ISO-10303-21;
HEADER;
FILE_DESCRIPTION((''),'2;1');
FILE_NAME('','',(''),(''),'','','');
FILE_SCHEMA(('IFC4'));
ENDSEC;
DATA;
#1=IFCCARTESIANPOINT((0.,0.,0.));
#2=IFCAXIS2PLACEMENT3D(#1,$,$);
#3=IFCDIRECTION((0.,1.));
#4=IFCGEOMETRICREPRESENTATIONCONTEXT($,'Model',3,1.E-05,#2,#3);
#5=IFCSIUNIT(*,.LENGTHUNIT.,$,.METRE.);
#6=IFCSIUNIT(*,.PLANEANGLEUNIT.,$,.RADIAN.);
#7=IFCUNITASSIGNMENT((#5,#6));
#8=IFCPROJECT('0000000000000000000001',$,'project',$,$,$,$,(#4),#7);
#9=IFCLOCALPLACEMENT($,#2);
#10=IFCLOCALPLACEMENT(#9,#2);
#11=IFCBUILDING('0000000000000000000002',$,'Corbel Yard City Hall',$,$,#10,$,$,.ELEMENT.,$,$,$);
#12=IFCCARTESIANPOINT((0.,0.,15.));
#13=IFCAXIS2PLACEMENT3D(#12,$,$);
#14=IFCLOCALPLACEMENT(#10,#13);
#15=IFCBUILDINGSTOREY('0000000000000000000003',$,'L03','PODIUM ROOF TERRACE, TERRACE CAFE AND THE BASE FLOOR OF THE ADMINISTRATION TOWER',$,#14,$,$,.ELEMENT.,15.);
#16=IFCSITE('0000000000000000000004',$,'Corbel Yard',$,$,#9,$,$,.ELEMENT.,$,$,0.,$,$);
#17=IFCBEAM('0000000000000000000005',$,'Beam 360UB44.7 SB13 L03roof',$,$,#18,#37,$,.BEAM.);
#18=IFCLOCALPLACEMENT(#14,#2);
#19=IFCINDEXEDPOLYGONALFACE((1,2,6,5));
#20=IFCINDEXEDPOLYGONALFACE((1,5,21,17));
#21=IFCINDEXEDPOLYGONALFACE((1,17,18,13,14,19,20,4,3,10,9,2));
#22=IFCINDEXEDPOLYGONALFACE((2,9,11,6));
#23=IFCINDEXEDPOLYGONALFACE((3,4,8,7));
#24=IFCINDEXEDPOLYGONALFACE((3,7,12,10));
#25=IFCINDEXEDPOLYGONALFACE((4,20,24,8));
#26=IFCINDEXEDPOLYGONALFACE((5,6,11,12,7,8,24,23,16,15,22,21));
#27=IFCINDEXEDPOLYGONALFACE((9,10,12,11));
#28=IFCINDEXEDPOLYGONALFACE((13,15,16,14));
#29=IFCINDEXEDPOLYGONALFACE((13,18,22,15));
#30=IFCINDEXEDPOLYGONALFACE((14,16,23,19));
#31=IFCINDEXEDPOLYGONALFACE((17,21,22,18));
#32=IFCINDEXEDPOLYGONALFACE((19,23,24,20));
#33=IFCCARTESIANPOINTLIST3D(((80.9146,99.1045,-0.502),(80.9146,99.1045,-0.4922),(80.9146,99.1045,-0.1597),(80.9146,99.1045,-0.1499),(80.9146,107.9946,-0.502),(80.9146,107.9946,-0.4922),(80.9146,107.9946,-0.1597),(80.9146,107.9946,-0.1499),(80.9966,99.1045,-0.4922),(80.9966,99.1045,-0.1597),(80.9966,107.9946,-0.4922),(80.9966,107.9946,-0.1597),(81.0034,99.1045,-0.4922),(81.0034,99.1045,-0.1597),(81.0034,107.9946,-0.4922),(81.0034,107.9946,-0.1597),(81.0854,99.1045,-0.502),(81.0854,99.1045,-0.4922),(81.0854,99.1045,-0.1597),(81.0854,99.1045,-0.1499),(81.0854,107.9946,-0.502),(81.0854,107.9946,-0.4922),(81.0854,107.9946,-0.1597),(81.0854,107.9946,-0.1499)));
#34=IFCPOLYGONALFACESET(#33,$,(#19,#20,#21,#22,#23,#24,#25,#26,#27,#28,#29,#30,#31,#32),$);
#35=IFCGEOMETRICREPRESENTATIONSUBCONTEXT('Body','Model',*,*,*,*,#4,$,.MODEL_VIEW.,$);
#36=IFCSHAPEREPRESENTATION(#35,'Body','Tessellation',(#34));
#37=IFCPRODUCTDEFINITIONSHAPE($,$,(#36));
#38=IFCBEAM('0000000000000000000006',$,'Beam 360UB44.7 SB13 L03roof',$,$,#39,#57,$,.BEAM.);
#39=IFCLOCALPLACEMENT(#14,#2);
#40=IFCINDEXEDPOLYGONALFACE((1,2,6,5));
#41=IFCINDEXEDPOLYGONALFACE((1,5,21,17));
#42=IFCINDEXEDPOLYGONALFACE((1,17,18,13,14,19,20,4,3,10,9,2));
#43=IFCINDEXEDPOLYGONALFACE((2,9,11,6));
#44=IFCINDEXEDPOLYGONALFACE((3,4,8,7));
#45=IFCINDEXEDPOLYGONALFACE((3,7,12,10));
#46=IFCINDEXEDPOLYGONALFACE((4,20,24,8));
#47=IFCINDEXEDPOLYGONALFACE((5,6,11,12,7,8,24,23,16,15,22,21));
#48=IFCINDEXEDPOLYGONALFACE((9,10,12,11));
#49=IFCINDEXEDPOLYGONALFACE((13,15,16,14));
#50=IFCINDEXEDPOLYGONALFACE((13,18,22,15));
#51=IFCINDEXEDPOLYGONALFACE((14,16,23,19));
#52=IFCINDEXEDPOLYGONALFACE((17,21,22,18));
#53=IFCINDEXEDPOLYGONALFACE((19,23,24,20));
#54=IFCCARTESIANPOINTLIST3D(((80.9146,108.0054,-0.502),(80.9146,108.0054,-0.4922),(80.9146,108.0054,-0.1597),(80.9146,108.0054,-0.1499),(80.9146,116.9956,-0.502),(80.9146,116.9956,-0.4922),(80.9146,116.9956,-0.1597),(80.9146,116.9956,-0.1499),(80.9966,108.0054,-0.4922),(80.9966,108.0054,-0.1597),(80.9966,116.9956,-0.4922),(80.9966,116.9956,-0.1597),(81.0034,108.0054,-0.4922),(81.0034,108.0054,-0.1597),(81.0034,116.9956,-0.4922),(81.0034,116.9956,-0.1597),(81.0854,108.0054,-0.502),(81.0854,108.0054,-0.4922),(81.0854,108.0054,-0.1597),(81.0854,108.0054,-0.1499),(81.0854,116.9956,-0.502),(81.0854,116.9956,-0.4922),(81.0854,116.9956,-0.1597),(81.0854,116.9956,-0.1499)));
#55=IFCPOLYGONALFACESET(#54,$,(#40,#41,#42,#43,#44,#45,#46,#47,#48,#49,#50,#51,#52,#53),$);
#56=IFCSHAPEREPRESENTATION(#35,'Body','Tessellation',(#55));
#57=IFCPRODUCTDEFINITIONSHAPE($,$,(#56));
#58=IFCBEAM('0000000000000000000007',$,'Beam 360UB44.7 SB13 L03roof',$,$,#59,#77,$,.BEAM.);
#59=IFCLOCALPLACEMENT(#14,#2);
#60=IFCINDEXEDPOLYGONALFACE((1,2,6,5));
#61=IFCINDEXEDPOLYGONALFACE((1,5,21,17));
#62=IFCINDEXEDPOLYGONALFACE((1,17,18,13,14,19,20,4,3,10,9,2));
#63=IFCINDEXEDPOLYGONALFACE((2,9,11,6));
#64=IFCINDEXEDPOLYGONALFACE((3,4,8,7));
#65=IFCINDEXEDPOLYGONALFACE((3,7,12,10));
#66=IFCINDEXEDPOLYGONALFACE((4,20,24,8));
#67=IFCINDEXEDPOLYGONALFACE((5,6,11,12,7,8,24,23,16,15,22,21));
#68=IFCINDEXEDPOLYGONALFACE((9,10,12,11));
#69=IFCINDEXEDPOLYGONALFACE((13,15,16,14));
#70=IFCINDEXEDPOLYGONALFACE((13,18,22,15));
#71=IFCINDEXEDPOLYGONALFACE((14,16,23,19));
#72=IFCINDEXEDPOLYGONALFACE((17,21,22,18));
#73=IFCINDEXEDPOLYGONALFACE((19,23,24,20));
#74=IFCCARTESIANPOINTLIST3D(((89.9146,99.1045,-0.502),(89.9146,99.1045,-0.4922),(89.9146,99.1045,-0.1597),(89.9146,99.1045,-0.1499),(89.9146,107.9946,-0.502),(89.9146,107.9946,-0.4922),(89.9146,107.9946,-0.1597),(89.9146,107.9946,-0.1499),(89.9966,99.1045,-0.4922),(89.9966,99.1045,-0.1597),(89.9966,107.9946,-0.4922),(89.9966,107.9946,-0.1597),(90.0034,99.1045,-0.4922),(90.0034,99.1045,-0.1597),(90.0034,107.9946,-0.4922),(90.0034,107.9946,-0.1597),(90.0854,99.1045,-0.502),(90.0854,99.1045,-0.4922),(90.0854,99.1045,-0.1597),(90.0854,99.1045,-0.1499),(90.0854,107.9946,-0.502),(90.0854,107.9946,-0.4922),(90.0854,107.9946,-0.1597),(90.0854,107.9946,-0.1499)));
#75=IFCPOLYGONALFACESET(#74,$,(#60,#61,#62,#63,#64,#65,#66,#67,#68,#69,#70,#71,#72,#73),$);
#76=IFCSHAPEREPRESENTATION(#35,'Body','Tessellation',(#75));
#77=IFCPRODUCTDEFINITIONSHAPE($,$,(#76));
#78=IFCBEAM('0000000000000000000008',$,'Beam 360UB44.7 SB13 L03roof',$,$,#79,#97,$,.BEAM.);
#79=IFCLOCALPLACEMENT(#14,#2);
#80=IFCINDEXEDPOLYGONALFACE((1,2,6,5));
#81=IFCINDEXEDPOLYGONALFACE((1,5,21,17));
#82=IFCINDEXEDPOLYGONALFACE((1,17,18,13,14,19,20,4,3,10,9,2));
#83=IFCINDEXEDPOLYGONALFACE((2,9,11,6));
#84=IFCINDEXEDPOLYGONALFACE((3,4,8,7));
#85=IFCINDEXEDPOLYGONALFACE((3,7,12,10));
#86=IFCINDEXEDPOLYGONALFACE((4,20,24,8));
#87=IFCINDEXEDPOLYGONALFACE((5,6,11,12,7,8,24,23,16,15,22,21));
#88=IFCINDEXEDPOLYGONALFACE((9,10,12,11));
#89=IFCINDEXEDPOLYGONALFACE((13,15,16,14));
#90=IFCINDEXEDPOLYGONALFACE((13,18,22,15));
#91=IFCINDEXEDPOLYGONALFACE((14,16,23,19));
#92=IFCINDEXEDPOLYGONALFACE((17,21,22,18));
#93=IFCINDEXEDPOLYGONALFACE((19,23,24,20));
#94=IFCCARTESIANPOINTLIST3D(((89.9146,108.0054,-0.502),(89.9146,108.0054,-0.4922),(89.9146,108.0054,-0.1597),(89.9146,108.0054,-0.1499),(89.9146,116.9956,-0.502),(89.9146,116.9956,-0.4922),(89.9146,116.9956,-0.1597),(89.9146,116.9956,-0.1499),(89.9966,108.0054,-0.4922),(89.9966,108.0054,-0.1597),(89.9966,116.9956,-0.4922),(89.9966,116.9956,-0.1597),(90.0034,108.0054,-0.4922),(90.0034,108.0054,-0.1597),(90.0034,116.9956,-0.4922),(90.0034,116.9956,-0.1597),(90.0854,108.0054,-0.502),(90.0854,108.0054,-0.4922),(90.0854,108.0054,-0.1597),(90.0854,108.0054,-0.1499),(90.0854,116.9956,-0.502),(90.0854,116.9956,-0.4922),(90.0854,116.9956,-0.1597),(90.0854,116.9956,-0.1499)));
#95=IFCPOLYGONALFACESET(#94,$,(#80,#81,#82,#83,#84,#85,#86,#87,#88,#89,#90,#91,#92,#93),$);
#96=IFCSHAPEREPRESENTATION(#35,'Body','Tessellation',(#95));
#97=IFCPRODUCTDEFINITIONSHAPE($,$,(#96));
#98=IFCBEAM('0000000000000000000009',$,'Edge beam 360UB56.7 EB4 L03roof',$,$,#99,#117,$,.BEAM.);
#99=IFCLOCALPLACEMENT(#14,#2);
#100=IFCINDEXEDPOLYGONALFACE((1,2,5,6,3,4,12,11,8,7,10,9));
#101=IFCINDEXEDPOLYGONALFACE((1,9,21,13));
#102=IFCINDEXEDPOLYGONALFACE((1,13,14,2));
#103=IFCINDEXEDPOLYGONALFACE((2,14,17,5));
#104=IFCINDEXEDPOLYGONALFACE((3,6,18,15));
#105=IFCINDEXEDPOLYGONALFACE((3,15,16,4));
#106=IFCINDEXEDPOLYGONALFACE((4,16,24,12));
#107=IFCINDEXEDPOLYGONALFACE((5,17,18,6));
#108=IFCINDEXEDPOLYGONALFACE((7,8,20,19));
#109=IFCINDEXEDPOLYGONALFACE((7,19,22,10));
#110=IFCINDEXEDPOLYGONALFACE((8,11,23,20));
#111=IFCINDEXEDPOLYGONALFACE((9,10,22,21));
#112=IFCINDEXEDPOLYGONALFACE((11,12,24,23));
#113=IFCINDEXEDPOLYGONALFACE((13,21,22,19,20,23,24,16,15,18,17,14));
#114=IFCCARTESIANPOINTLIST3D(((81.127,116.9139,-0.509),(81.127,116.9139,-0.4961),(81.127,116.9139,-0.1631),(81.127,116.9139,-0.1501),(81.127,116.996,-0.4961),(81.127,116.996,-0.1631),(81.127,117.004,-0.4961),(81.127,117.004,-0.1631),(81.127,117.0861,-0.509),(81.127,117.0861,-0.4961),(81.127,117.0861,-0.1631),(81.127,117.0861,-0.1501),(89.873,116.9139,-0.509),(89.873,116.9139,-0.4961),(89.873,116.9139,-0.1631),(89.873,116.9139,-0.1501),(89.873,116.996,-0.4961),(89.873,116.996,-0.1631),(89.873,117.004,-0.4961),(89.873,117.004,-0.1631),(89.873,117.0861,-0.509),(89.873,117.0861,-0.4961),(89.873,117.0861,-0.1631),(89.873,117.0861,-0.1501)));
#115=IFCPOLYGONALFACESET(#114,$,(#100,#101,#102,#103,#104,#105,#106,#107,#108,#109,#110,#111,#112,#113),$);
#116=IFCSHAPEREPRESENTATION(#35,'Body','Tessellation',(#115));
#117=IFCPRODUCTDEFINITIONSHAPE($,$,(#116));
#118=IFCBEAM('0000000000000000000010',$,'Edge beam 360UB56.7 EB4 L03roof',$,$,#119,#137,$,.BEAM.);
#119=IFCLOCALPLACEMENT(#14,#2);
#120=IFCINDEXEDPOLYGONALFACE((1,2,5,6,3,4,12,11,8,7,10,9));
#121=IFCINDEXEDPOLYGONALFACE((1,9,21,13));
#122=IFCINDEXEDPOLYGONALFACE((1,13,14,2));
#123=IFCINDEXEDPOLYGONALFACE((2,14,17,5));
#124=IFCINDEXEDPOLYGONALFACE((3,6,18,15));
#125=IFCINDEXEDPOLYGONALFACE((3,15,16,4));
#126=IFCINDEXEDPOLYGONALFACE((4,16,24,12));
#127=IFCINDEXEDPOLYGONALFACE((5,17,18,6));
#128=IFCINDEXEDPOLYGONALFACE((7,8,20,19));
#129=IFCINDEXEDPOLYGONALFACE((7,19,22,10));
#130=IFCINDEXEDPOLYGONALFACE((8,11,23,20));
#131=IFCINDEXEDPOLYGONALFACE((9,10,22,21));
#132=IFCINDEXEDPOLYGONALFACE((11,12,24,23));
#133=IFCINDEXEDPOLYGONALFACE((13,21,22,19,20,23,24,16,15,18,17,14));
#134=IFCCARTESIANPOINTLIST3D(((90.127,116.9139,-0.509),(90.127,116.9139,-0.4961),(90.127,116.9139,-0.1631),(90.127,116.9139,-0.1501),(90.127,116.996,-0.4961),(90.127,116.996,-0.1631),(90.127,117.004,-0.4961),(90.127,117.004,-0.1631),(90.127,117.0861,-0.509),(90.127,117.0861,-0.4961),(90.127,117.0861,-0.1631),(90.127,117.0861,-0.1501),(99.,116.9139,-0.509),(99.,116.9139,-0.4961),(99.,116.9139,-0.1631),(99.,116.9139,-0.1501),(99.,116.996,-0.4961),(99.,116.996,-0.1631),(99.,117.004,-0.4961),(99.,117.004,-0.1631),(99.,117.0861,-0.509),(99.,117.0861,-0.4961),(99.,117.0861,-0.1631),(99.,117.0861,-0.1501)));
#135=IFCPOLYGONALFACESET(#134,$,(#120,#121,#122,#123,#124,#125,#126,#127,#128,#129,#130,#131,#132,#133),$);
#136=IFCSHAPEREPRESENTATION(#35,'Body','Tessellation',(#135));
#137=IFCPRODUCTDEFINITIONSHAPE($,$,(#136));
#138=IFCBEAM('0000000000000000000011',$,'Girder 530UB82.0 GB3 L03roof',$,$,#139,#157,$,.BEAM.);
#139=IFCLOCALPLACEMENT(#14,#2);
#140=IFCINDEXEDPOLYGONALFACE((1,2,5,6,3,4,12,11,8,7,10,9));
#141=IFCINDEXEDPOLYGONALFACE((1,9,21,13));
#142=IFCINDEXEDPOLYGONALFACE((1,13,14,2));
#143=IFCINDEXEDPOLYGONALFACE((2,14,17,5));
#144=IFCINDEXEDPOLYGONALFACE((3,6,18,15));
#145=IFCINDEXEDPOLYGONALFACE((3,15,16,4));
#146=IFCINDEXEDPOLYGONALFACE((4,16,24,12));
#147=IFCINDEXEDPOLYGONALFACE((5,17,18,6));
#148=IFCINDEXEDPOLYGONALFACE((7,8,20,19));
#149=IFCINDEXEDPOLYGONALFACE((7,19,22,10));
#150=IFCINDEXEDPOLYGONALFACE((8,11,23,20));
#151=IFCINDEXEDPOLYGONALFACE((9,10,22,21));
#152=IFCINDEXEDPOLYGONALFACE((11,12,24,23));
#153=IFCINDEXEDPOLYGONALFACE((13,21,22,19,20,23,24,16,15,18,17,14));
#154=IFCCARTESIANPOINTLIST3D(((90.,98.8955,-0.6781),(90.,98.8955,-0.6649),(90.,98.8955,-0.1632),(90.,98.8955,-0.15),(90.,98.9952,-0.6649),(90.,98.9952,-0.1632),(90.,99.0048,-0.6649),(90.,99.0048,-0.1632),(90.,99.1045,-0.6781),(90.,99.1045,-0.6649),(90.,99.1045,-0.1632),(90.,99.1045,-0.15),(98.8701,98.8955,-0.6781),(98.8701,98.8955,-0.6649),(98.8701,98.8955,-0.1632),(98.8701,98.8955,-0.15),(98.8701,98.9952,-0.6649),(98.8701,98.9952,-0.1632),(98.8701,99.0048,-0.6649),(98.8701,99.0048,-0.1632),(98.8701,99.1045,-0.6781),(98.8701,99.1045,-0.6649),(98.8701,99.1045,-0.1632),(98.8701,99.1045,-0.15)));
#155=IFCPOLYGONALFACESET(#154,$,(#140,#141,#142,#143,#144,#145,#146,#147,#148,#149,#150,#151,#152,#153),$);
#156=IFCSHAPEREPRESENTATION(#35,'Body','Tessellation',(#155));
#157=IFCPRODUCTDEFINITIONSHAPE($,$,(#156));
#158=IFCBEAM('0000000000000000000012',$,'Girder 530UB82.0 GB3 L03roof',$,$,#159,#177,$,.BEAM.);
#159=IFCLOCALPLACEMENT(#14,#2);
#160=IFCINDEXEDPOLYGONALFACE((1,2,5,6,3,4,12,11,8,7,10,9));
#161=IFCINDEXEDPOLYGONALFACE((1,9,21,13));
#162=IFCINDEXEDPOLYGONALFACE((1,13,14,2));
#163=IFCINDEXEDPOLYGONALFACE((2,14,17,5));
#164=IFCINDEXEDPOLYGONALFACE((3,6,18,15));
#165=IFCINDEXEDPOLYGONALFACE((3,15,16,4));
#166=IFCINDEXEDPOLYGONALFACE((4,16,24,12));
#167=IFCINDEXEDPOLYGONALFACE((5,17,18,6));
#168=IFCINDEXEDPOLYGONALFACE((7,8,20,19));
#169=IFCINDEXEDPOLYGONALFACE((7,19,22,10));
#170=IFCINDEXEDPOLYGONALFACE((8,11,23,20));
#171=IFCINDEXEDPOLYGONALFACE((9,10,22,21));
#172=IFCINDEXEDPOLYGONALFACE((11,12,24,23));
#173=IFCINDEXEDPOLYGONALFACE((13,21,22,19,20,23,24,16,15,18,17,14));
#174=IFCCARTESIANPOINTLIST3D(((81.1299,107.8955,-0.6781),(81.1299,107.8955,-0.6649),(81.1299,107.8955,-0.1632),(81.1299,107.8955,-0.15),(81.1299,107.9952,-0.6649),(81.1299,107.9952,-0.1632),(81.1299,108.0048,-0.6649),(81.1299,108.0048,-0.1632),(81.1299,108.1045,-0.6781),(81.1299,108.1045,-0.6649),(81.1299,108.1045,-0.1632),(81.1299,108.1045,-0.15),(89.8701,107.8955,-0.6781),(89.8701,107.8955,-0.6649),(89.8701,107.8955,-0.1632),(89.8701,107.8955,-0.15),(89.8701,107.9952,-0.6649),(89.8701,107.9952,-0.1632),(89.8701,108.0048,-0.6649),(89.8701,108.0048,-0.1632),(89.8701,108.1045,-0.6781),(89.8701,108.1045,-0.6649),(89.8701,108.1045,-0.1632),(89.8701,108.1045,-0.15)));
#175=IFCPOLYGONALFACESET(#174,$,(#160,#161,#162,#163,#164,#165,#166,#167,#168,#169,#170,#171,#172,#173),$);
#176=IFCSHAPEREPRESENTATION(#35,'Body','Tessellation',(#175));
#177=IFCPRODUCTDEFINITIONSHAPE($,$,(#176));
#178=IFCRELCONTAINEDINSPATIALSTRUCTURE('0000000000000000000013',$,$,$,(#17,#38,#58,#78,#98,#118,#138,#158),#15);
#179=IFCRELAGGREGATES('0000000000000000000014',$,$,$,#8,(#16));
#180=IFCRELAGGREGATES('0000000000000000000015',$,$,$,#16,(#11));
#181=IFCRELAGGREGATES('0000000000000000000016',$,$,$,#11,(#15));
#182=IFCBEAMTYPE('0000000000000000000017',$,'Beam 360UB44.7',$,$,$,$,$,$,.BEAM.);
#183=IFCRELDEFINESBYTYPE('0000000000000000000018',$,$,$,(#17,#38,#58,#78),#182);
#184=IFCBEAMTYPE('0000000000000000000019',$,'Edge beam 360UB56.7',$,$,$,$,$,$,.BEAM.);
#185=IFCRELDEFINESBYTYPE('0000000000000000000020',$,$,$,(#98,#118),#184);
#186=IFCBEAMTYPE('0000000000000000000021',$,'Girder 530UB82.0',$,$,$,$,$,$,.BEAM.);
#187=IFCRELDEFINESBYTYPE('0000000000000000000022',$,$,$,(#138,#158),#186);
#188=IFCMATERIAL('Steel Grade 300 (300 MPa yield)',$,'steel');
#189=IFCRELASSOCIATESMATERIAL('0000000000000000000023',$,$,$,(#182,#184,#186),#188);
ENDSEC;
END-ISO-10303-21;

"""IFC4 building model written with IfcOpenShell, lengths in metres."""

from ifc_helpers import new_model, si_unit, direction, frame, origin, origin_2d, place, context, subcontext, project, spatial, i_section, extrude, material, material_profile, profile_set, type_object, element, save


model = new_model("IFC4")

# Units and contexts
model_context = context("Model", 3, precision=1e-05, world=origin(), true_north=direction((0.0, 1.0)))
body_context = subcontext(model_context, "Body", "Model", "MODEL_VIEW")
ifc_project = project(units=[si_unit("LENGTHUNIT", "METRE"), si_unit("PLANEANGLEUNIT", "RADIAN")], contexts=[model_context])

# Site, building, storey
site_placement = place(None, origin())
site = spatial("IfcSite", under=ifc_project, at=site_placement, Name="Corbel Yard", CompositionType="ELEMENT", RefElevation=0.0)
building_placement = place(site_placement, origin())
building = spatial("IfcBuilding", under=site, at=building_placement, Name="Corbel Yard City Hall", CompositionType="ELEMENT")
storey_placement = place(building_placement, frame((0.0, 0.0, 15.0)))
storey = spatial("IfcBuildingStorey", under=building, at=storey_placement, Name="L03", Description="PODIUM ROOF TERRACE, TERRACE CAFE AND THE BASE FLOOR OF THE ADMINISTRATION TOWER", CompositionType="ELEMENT", Elevation=15.0)

# Beams
ifc_material_1 = material(Name="Steel Grade 300 (300 MPa yield)", Category="steel")
ifc_material_profile_1 = material_profile(ifc_material_1, i_section(OverallWidth=0.1709, OverallDepth=0.3521, WebThickness=0.0068, FlangeThickness=0.0098, at=origin_2d()), Name="360UB44.7")
ifc_profile_set_1 = profile_set([ifc_material_profile_1], Name="Steel Grade 300 (300 MPa yield)")
beam_type_1 = type_object("IfcBeamType", Name="Beam 360UB44.7", PredefinedType="BEAM", material=ifc_profile_set_1)
beam_1_placement = place(storey_placement, frame((81.0, 99.1045, -0.3259), z_axis=(0.0, 1.0, 0.0), x_axis=(-1.0, 0.0, 0.0)))
element("IfcBeam", 1, at=beam_1_placement, inside=storey, type_object=beam_type_1, Name="Beam 360UB44.7 SB13 L03roof", PredefinedType="BEAM", context=body_context, shape_type="SweptSolid", body=[
    extrude(i_section(OverallWidth=0.1709, OverallDepth=0.3521, WebThickness=0.0068, FlangeThickness=0.0098, at=origin_2d()), origin(), (0.0, 0.0, 1.0), 8.8901),
])
beam_2_placement = place(storey_placement, frame((81.0, 108.0054, -0.3259), z_axis=(0.0, 1.0, 0.0), x_axis=(-1.0, 0.0, 0.0)))
element("IfcBeam", 2, at=beam_2_placement, inside=storey, type_object=beam_type_1, Name="Beam 360UB44.7 SB13 L03roof", PredefinedType="BEAM", context=body_context, shape_type="SweptSolid", body=[
    extrude(i_section(OverallWidth=0.1709, OverallDepth=0.3521, WebThickness=0.0068, FlangeThickness=0.0098, at=origin_2d()), origin(), (0.0, 0.0, 1.0), 8.9902),
])
beam_3_placement = place(storey_placement, frame((90.0, 99.1045, -0.3259), z_axis=(0.0, 1.0, 0.0), x_axis=(-1.0, 0.0, 0.0)))
element("IfcBeam", 3, at=beam_3_placement, inside=storey, type_object=beam_type_1, Name="Beam 360UB44.7 SB13 L03roof", PredefinedType="BEAM", context=body_context, shape_type="SweptSolid", body=[
    extrude(i_section(OverallWidth=0.1709, OverallDepth=0.3521, WebThickness=0.0068, FlangeThickness=0.0098, at=origin_2d()), origin(), (0.0, 0.0, 1.0), 8.8901),
])
beam_4_placement = place(storey_placement, frame((90.0, 108.0054, -0.3259), z_axis=(0.0, 1.0, 0.0), x_axis=(-1.0, 0.0, 0.0)))
element("IfcBeam", 4, at=beam_4_placement, inside=storey, type_object=beam_type_1, Name="Beam 360UB44.7 SB13 L03roof", PredefinedType="BEAM", context=body_context, shape_type="SweptSolid", body=[
    extrude(i_section(OverallWidth=0.1709, OverallDepth=0.3521, WebThickness=0.0068, FlangeThickness=0.0098, at=origin_2d()), origin(), (0.0, 0.0, 1.0), 8.9902),
])
ifc_material_profile_2 = material_profile(ifc_material_1, i_section(OverallWidth=0.1721, OverallDepth=0.3589, WebThickness=0.0081, FlangeThickness=0.0129, at=origin_2d()), Name="360UB56.7")
ifc_profile_set_2 = profile_set([ifc_material_profile_2], Name="Steel Grade 300 (300 MPa yield)")
beam_type_2 = type_object("IfcBeamType", Name="Edge beam 360UB56.7", PredefinedType="BEAM", material=ifc_profile_set_2)
beam_5_placement = place(storey_placement, frame((81.127, 117.0, -0.3296), z_axis=(1.0, 0.0, 0.0), x_axis=(0.0, 1.0, 0.0)))
element("IfcBeam", 5, at=beam_5_placement, inside=storey, type_object=beam_type_2, Name="Edge beam 360UB56.7 EB4 L03roof", PredefinedType="BEAM", context=body_context, shape_type="SweptSolid", body=[
    extrude(i_section(OverallWidth=0.1721, OverallDepth=0.3589, WebThickness=0.0081, FlangeThickness=0.0129, at=origin_2d()), origin(), (0.0, 0.0, 1.0), 8.7461),
])
beam_6_placement = place(storey_placement, frame((90.127, 117.0, -0.3296), z_axis=(1.0, 0.0, 0.0), x_axis=(0.0, 1.0, 0.0)))
element("IfcBeam", 6, at=beam_6_placement, inside=storey, type_object=beam_type_2, Name="Edge beam 360UB56.7 EB4 L03roof", PredefinedType="BEAM", context=body_context, shape_type="SweptSolid", body=[
    extrude(i_section(OverallWidth=0.1721, OverallDepth=0.3589, WebThickness=0.0081, FlangeThickness=0.0129, at=origin_2d()), origin(), (0.0, 0.0, 1.0), 8.873),
])
ifc_material_profile_3 = material_profile(ifc_material_1, i_section(OverallWidth=0.209, OverallDepth=0.5281, WebThickness=0.0095, FlangeThickness=0.0132, at=origin_2d()), Name="530UB82.0")
ifc_profile_set_3 = profile_set([ifc_material_profile_3], Name="Steel Grade 300 (300 MPa yield)")
beam_type_3 = type_object("IfcBeamType", Name="Girder 530UB82.0", PredefinedType="BEAM", material=ifc_profile_set_3)
beam_7_placement = place(storey_placement, frame((90.0, 99.0, -0.4141), z_axis=(1.0, 0.0, 0.0), x_axis=(0.0, 1.0, 0.0)))
element("IfcBeam", 7, at=beam_7_placement, inside=storey, type_object=beam_type_3, Name="Girder 530UB82.0 GB3 L03roof", PredefinedType="BEAM", context=body_context, shape_type="SweptSolid", body=[
    extrude(i_section(OverallWidth=0.209, OverallDepth=0.5281, WebThickness=0.0095, FlangeThickness=0.0132, at=origin_2d()), origin(), (0.0, 0.0, 1.0), 8.8701),
])
beam_8_placement = place(storey_placement, frame((81.1299, 108.0, -0.4141), z_axis=(1.0, 0.0, 0.0), x_axis=(0.0, 1.0, 0.0)))
element("IfcBeam", 8, at=beam_8_placement, inside=storey, type_object=beam_type_3, Name="Girder 530UB82.0 GB3 L03roof", PredefinedType="BEAM", context=body_context, shape_type="SweptSolid", body=[
    extrude(i_section(OverallWidth=0.209, OverallDepth=0.5281, WebThickness=0.0095, FlangeThickness=0.0132, at=origin_2d()), origin(), (0.0, 0.0, 1.0), 8.7402),
])

save(model, "model.ifc")
